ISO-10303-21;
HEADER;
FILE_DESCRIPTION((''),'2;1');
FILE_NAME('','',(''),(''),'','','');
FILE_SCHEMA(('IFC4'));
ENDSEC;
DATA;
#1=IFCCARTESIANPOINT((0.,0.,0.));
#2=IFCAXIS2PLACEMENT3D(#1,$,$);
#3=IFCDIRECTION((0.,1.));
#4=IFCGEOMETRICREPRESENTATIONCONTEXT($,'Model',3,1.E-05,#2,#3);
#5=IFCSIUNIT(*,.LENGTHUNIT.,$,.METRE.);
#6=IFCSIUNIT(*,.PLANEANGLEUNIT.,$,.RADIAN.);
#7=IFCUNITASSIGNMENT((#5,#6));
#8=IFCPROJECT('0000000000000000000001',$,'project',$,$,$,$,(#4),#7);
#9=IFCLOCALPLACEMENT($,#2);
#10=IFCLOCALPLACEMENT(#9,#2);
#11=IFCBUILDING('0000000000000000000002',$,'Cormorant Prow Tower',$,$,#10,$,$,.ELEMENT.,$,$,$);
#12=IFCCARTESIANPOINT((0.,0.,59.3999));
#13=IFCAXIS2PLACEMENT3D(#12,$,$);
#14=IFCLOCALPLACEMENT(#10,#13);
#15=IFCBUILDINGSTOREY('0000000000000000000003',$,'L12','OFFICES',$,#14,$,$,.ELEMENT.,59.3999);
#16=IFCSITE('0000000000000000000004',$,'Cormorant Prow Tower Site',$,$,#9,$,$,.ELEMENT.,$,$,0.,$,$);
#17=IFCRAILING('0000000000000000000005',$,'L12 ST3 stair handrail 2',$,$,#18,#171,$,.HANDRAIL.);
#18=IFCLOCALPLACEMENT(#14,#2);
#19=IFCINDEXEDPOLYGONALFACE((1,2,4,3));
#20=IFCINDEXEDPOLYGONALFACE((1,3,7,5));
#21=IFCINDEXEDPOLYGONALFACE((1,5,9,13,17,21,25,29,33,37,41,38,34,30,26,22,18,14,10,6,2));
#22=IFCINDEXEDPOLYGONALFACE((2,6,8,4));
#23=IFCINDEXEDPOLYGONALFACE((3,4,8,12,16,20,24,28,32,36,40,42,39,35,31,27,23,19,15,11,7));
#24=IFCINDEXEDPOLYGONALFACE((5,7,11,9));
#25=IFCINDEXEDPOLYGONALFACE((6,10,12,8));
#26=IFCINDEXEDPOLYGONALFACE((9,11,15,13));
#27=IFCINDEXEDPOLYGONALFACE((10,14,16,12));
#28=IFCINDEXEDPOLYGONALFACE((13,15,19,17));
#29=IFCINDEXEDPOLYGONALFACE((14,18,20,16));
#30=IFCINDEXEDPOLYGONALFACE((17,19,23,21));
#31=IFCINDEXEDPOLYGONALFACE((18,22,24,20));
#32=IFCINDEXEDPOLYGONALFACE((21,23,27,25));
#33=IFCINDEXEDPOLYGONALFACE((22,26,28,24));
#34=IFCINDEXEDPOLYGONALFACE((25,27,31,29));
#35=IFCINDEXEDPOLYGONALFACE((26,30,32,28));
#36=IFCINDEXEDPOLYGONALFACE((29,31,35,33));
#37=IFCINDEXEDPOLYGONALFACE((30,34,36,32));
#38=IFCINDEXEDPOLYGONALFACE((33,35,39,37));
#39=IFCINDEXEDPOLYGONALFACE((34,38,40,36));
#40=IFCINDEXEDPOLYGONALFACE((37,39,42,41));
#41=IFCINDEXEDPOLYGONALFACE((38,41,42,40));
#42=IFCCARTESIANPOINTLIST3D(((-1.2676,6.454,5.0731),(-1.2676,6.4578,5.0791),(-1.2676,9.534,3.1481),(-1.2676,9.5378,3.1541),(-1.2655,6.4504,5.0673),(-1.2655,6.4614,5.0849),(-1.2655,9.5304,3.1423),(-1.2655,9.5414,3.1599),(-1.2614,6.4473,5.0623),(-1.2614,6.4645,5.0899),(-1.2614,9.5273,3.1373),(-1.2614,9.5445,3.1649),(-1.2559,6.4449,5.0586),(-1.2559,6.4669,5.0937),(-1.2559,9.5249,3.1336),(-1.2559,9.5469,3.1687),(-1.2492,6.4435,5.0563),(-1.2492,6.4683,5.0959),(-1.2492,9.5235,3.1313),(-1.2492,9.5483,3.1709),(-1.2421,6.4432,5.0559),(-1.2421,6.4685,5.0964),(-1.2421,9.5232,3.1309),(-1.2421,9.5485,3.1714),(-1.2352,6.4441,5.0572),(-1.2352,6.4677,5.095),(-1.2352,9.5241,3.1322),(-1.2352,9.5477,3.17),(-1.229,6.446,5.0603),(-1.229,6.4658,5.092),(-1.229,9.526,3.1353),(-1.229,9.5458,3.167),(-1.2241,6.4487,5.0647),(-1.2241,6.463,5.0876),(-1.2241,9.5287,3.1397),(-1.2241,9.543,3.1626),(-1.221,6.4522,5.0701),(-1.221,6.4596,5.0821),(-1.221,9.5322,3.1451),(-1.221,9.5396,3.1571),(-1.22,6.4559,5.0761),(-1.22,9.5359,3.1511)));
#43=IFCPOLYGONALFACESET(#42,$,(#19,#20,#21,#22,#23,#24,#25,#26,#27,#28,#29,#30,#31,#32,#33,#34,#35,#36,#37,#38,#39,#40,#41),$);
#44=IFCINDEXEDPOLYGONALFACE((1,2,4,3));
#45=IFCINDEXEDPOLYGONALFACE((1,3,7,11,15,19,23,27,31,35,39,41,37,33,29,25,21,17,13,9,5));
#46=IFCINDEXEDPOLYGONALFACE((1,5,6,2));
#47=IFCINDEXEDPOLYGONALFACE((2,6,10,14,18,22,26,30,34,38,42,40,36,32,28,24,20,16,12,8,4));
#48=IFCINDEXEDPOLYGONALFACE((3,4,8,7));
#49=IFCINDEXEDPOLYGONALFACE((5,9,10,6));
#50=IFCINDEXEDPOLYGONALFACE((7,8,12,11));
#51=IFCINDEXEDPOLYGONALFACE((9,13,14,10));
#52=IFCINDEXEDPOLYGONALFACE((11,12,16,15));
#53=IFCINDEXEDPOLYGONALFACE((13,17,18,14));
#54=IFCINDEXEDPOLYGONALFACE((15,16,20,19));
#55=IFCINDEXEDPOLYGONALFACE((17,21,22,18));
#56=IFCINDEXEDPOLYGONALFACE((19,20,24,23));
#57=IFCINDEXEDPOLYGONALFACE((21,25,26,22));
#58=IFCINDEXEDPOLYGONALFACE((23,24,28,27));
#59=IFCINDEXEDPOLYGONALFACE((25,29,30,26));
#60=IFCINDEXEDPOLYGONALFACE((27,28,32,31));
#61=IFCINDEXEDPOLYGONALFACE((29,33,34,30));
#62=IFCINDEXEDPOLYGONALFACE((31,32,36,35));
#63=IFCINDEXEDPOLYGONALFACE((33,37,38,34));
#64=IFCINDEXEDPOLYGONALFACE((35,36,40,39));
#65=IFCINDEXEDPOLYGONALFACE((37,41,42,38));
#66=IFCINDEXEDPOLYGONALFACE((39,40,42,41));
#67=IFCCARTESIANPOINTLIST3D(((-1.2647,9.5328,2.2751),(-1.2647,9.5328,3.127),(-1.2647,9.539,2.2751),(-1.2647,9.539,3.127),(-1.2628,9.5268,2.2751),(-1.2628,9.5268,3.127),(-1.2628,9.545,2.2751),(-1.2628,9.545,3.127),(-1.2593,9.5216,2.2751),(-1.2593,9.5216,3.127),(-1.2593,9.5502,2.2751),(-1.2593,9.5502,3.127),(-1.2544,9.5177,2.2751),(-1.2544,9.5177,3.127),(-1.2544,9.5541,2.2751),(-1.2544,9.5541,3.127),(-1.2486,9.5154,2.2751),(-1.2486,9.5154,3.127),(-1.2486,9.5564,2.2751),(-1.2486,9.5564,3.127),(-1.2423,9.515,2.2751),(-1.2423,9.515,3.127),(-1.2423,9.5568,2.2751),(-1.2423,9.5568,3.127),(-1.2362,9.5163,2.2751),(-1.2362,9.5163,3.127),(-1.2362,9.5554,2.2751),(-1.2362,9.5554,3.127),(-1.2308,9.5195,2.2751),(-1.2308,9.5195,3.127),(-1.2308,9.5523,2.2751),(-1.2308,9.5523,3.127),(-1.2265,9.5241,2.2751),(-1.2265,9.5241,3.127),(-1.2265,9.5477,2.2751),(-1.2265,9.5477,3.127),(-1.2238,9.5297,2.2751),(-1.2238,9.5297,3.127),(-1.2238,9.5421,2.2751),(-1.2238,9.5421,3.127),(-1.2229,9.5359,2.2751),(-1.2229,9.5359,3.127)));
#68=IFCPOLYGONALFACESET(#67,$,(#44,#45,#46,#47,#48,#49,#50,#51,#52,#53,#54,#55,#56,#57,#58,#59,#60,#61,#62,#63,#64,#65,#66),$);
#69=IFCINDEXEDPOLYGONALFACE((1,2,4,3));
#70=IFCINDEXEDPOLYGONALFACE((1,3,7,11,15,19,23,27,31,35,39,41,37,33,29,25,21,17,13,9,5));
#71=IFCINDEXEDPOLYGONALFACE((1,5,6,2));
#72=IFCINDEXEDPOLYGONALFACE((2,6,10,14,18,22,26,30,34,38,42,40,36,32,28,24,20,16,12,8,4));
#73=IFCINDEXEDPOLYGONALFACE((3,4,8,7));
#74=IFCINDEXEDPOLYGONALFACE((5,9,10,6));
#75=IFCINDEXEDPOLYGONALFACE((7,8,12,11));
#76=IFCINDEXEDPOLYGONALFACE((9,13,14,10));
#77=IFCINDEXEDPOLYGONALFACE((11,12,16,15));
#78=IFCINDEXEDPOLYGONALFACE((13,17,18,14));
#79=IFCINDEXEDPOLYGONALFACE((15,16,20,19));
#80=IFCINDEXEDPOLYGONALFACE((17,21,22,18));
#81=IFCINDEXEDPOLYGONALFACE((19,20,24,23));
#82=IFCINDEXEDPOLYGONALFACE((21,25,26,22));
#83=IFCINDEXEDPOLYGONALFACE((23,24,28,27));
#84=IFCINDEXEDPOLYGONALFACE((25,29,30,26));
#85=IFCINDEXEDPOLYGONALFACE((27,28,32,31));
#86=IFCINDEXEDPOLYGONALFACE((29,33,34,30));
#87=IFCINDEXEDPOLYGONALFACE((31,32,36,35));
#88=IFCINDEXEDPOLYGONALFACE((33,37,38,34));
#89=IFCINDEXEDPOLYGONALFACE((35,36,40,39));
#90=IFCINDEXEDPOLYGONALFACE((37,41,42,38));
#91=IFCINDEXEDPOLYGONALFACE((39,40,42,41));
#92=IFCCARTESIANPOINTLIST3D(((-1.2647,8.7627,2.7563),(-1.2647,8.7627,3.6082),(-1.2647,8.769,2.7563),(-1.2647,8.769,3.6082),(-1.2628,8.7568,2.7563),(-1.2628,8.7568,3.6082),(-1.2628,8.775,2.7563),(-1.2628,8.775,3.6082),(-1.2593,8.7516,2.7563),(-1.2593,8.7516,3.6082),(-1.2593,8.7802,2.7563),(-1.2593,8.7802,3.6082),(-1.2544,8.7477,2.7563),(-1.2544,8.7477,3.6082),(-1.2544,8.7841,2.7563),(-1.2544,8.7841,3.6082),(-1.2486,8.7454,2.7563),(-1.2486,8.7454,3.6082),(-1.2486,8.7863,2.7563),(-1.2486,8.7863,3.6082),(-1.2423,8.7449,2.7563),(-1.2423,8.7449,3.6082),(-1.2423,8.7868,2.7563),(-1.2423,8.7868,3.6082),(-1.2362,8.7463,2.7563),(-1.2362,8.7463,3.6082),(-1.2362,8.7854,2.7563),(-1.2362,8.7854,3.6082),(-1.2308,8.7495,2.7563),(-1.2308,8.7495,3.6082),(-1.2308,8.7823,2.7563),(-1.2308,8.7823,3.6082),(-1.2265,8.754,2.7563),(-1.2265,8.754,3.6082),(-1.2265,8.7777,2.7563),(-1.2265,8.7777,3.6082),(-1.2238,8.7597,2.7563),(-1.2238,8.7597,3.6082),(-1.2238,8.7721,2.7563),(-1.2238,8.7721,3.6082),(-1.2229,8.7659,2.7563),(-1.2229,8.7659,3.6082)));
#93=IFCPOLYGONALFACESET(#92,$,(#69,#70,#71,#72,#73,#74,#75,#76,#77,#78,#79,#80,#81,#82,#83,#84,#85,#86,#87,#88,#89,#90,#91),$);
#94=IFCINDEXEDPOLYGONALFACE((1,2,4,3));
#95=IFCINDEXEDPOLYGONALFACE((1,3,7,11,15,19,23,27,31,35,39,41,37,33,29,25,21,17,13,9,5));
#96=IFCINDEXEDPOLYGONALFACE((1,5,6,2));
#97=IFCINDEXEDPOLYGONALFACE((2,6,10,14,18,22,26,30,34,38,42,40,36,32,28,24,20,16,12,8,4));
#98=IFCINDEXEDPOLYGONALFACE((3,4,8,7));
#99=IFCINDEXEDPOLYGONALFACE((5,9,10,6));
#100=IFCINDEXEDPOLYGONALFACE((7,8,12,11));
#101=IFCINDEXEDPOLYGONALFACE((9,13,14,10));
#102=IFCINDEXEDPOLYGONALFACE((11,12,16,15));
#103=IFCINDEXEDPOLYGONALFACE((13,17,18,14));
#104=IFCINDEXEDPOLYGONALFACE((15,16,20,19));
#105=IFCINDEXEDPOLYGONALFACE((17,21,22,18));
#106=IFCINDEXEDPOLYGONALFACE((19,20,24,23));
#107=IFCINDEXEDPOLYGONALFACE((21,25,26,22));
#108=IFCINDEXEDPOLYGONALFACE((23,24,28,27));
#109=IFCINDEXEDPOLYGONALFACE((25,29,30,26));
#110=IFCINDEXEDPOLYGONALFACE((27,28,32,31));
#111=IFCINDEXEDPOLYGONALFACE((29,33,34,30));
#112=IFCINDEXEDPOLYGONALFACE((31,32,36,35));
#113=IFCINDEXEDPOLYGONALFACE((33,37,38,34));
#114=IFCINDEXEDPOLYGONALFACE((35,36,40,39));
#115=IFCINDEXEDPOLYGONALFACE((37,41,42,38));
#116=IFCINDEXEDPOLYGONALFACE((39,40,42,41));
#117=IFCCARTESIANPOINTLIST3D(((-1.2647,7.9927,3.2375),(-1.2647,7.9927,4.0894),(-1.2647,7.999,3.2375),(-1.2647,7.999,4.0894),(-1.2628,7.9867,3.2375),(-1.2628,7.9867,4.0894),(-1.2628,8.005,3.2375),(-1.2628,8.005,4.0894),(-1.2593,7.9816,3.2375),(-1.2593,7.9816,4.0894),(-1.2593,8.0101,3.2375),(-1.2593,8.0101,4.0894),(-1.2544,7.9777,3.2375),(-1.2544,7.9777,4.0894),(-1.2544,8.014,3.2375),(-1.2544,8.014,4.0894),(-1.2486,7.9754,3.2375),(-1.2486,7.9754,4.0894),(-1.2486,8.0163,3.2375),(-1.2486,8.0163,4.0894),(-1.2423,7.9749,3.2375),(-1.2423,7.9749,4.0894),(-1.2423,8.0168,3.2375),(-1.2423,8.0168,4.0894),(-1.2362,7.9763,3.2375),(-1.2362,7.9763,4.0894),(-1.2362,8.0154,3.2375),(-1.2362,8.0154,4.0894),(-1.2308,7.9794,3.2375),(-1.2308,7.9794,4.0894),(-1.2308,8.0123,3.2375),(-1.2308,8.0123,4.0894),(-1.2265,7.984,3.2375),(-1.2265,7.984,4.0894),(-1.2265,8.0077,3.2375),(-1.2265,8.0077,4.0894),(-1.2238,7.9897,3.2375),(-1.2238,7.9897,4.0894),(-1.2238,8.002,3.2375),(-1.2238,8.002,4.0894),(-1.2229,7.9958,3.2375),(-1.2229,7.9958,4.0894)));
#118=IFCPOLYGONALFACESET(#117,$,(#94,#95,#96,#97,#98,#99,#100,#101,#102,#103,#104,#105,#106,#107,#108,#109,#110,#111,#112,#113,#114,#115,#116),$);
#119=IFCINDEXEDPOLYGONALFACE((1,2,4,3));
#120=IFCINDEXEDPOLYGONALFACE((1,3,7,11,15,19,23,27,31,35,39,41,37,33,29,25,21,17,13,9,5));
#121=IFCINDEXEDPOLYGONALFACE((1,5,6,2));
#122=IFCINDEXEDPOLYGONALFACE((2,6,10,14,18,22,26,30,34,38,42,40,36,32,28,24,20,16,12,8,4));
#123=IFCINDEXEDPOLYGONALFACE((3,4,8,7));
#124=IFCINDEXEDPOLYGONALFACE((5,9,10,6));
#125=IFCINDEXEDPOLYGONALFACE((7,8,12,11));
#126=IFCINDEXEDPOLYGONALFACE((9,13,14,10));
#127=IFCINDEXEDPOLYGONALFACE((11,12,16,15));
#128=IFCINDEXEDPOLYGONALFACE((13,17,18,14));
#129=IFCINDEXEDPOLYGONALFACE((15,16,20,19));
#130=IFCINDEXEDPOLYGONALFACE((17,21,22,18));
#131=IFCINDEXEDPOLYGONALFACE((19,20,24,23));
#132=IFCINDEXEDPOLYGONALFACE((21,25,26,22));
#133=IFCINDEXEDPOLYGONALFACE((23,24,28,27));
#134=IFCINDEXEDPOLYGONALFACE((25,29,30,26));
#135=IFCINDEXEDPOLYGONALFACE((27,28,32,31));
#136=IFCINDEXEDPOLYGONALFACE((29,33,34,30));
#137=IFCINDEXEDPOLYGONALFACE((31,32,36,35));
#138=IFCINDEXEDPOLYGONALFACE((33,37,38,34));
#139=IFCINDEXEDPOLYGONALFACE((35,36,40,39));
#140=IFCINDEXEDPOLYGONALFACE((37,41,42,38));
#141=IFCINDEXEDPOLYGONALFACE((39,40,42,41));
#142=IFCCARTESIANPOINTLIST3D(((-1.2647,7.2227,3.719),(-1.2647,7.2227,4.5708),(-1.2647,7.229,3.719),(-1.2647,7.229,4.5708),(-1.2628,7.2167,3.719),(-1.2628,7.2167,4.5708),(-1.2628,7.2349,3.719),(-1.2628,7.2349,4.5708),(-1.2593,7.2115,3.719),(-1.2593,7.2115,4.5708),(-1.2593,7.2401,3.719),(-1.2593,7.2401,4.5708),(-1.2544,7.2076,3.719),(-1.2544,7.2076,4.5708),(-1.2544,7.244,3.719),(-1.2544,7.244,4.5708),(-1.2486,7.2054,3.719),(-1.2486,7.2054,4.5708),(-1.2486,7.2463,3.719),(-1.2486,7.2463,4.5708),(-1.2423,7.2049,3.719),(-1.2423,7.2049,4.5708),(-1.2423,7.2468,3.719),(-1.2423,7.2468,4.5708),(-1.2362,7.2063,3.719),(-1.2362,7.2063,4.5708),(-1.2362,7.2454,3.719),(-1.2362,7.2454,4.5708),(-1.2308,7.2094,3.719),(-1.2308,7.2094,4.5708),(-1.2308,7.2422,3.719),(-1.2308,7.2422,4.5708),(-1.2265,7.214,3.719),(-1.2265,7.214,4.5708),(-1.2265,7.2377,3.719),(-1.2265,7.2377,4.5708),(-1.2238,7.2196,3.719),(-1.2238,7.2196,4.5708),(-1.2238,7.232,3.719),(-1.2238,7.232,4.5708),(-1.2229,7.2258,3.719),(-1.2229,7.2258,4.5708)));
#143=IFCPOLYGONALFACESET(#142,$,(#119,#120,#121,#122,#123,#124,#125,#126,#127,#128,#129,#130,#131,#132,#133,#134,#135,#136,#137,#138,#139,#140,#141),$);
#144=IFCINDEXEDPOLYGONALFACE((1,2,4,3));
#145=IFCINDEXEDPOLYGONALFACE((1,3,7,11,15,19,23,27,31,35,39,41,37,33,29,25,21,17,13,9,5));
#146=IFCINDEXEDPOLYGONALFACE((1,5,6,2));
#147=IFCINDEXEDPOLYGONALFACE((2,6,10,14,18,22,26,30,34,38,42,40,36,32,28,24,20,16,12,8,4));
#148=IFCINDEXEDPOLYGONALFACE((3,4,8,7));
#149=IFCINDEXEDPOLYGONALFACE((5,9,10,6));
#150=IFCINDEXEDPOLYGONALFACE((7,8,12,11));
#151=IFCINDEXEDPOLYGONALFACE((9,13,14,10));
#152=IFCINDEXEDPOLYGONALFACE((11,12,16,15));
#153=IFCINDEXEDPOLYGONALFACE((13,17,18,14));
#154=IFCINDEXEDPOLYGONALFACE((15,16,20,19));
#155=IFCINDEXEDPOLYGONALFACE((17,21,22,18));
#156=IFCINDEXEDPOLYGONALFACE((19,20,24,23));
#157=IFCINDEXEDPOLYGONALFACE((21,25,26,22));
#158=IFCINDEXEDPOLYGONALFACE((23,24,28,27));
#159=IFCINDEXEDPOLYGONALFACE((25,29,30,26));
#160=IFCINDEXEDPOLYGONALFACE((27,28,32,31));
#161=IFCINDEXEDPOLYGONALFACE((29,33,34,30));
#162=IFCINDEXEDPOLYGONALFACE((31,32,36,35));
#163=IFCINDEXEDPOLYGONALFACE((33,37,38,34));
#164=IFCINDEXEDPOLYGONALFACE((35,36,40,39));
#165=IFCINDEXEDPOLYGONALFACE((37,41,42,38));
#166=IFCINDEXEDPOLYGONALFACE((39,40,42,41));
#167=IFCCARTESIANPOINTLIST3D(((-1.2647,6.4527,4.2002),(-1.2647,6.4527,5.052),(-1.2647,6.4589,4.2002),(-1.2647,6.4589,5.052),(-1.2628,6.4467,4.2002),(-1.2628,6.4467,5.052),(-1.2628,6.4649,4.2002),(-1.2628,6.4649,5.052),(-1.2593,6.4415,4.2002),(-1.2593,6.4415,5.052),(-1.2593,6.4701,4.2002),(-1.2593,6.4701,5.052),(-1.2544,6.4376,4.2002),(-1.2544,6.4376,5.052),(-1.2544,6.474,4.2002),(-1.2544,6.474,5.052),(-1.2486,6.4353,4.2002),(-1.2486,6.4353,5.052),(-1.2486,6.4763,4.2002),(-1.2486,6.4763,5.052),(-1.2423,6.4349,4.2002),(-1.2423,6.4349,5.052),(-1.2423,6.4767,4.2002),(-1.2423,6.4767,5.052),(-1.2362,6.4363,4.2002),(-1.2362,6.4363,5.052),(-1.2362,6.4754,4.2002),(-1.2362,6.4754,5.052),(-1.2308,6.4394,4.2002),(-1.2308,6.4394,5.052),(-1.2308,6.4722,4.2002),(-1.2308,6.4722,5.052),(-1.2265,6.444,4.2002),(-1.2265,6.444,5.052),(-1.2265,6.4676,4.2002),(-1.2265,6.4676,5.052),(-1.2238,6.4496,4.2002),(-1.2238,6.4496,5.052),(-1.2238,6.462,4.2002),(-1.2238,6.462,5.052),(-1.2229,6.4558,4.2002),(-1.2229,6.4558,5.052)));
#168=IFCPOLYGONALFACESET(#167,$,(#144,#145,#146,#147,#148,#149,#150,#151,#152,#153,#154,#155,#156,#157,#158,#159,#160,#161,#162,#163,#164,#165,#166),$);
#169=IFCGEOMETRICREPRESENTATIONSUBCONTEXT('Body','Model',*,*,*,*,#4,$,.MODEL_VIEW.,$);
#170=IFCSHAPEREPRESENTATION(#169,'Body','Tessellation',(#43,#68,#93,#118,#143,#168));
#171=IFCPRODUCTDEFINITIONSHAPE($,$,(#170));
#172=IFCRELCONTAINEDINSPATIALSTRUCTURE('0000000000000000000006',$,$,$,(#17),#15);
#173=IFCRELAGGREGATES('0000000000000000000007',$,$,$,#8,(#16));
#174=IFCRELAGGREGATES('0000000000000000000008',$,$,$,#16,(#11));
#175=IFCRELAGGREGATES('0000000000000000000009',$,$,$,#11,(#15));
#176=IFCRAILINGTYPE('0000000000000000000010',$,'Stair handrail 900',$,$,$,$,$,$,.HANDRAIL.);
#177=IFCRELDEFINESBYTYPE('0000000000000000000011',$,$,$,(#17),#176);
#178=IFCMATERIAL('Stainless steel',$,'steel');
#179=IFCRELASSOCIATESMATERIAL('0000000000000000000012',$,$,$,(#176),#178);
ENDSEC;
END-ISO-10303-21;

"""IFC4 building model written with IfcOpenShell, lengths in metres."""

from ifc_helpers import new_model, si_unit, direction, frame, origin, origin_2d, place, context, subcontext, project, spatial, circle, extrude, material, type_object, element, save


model = new_model("IFC4")

# Units and contexts
model_context = context("Model", 3, precision=1e-05, world=origin(), true_north=direction((0.0, 1.0)))
body_context = subcontext(model_context, "Body", "Model", "MODEL_VIEW")
ifc_project = project(units=[si_unit("LENGTHUNIT", "METRE"), si_unit("PLANEANGLEUNIT", "RADIAN")], contexts=[model_context])

# Site, building, storey
site_placement = place(None, origin())
site = spatial("IfcSite", under=ifc_project, at=site_placement, Name="Cormorant Prow Tower Site", CompositionType="ELEMENT", RefElevation=0.0)
building_placement = place(site_placement, origin())
building = spatial("IfcBuilding", under=site, at=building_placement, Name="Cormorant Prow Tower", CompositionType="ELEMENT")
storey_placement = place(building_placement, frame((0.0, 0.0, 59.3999)))
storey = spatial("IfcBuildingStorey", under=building, at=storey_placement, Name="L12", Description="OFFICES", CompositionType="ELEMENT", Elevation=59.3999)

# Railing
ifc_material_1 = material(Name="Stainless steel", Category="steel")
railing_type = type_object("IfcRailingType", Name="Stair handrail 900", PredefinedType="HANDRAIL", material=ifc_material_1)
railing_placement = place(storey_placement, frame((-1.2439, 9.5359, 2.2751)))
element("IfcRailing", 1, at=railing_placement, inside=storey, type_object=railing_type, Name="L12 ST3 stair handrail 2", PredefinedType="HANDRAIL", context=body_context, shape_type="SweptSolid", body=[
    extrude(circle(Radius=0.0239, at=origin_2d()), frame((0.0, 0.0, 0.876), z_axis=(0.0, -0.847998, 0.529999), x_axis=(1.0, 0.0, 0.0)), (0.0, 0.0, 1.0), 3.6321),
    extrude(circle(Radius=0.021, at=origin_2d()), origin(), (0.0, 0.0, 1.0), 0.8518),
    extrude(circle(Radius=0.021, at=origin_2d()), frame((0.0, -0.77, 0.4812)), (0.0, 0.0, 1.0), 0.8518),
    extrude(circle(Radius=0.021, at=origin_2d()), frame((0.0, -1.54, 0.9624)), (0.0, 0.0, 1.0), 0.8518),
    extrude(circle(Radius=0.021, at=origin_2d()), frame((0.0, -2.3101, 1.4438)), (0.0, 0.0, 1.0), 0.8518),
    extrude(circle(Radius=0.021, at=origin_2d()), frame((0.0, -3.0801, 1.925)), (0.0, 0.0, 1.0), 0.8518),
])

save(model, "model.ifc")
